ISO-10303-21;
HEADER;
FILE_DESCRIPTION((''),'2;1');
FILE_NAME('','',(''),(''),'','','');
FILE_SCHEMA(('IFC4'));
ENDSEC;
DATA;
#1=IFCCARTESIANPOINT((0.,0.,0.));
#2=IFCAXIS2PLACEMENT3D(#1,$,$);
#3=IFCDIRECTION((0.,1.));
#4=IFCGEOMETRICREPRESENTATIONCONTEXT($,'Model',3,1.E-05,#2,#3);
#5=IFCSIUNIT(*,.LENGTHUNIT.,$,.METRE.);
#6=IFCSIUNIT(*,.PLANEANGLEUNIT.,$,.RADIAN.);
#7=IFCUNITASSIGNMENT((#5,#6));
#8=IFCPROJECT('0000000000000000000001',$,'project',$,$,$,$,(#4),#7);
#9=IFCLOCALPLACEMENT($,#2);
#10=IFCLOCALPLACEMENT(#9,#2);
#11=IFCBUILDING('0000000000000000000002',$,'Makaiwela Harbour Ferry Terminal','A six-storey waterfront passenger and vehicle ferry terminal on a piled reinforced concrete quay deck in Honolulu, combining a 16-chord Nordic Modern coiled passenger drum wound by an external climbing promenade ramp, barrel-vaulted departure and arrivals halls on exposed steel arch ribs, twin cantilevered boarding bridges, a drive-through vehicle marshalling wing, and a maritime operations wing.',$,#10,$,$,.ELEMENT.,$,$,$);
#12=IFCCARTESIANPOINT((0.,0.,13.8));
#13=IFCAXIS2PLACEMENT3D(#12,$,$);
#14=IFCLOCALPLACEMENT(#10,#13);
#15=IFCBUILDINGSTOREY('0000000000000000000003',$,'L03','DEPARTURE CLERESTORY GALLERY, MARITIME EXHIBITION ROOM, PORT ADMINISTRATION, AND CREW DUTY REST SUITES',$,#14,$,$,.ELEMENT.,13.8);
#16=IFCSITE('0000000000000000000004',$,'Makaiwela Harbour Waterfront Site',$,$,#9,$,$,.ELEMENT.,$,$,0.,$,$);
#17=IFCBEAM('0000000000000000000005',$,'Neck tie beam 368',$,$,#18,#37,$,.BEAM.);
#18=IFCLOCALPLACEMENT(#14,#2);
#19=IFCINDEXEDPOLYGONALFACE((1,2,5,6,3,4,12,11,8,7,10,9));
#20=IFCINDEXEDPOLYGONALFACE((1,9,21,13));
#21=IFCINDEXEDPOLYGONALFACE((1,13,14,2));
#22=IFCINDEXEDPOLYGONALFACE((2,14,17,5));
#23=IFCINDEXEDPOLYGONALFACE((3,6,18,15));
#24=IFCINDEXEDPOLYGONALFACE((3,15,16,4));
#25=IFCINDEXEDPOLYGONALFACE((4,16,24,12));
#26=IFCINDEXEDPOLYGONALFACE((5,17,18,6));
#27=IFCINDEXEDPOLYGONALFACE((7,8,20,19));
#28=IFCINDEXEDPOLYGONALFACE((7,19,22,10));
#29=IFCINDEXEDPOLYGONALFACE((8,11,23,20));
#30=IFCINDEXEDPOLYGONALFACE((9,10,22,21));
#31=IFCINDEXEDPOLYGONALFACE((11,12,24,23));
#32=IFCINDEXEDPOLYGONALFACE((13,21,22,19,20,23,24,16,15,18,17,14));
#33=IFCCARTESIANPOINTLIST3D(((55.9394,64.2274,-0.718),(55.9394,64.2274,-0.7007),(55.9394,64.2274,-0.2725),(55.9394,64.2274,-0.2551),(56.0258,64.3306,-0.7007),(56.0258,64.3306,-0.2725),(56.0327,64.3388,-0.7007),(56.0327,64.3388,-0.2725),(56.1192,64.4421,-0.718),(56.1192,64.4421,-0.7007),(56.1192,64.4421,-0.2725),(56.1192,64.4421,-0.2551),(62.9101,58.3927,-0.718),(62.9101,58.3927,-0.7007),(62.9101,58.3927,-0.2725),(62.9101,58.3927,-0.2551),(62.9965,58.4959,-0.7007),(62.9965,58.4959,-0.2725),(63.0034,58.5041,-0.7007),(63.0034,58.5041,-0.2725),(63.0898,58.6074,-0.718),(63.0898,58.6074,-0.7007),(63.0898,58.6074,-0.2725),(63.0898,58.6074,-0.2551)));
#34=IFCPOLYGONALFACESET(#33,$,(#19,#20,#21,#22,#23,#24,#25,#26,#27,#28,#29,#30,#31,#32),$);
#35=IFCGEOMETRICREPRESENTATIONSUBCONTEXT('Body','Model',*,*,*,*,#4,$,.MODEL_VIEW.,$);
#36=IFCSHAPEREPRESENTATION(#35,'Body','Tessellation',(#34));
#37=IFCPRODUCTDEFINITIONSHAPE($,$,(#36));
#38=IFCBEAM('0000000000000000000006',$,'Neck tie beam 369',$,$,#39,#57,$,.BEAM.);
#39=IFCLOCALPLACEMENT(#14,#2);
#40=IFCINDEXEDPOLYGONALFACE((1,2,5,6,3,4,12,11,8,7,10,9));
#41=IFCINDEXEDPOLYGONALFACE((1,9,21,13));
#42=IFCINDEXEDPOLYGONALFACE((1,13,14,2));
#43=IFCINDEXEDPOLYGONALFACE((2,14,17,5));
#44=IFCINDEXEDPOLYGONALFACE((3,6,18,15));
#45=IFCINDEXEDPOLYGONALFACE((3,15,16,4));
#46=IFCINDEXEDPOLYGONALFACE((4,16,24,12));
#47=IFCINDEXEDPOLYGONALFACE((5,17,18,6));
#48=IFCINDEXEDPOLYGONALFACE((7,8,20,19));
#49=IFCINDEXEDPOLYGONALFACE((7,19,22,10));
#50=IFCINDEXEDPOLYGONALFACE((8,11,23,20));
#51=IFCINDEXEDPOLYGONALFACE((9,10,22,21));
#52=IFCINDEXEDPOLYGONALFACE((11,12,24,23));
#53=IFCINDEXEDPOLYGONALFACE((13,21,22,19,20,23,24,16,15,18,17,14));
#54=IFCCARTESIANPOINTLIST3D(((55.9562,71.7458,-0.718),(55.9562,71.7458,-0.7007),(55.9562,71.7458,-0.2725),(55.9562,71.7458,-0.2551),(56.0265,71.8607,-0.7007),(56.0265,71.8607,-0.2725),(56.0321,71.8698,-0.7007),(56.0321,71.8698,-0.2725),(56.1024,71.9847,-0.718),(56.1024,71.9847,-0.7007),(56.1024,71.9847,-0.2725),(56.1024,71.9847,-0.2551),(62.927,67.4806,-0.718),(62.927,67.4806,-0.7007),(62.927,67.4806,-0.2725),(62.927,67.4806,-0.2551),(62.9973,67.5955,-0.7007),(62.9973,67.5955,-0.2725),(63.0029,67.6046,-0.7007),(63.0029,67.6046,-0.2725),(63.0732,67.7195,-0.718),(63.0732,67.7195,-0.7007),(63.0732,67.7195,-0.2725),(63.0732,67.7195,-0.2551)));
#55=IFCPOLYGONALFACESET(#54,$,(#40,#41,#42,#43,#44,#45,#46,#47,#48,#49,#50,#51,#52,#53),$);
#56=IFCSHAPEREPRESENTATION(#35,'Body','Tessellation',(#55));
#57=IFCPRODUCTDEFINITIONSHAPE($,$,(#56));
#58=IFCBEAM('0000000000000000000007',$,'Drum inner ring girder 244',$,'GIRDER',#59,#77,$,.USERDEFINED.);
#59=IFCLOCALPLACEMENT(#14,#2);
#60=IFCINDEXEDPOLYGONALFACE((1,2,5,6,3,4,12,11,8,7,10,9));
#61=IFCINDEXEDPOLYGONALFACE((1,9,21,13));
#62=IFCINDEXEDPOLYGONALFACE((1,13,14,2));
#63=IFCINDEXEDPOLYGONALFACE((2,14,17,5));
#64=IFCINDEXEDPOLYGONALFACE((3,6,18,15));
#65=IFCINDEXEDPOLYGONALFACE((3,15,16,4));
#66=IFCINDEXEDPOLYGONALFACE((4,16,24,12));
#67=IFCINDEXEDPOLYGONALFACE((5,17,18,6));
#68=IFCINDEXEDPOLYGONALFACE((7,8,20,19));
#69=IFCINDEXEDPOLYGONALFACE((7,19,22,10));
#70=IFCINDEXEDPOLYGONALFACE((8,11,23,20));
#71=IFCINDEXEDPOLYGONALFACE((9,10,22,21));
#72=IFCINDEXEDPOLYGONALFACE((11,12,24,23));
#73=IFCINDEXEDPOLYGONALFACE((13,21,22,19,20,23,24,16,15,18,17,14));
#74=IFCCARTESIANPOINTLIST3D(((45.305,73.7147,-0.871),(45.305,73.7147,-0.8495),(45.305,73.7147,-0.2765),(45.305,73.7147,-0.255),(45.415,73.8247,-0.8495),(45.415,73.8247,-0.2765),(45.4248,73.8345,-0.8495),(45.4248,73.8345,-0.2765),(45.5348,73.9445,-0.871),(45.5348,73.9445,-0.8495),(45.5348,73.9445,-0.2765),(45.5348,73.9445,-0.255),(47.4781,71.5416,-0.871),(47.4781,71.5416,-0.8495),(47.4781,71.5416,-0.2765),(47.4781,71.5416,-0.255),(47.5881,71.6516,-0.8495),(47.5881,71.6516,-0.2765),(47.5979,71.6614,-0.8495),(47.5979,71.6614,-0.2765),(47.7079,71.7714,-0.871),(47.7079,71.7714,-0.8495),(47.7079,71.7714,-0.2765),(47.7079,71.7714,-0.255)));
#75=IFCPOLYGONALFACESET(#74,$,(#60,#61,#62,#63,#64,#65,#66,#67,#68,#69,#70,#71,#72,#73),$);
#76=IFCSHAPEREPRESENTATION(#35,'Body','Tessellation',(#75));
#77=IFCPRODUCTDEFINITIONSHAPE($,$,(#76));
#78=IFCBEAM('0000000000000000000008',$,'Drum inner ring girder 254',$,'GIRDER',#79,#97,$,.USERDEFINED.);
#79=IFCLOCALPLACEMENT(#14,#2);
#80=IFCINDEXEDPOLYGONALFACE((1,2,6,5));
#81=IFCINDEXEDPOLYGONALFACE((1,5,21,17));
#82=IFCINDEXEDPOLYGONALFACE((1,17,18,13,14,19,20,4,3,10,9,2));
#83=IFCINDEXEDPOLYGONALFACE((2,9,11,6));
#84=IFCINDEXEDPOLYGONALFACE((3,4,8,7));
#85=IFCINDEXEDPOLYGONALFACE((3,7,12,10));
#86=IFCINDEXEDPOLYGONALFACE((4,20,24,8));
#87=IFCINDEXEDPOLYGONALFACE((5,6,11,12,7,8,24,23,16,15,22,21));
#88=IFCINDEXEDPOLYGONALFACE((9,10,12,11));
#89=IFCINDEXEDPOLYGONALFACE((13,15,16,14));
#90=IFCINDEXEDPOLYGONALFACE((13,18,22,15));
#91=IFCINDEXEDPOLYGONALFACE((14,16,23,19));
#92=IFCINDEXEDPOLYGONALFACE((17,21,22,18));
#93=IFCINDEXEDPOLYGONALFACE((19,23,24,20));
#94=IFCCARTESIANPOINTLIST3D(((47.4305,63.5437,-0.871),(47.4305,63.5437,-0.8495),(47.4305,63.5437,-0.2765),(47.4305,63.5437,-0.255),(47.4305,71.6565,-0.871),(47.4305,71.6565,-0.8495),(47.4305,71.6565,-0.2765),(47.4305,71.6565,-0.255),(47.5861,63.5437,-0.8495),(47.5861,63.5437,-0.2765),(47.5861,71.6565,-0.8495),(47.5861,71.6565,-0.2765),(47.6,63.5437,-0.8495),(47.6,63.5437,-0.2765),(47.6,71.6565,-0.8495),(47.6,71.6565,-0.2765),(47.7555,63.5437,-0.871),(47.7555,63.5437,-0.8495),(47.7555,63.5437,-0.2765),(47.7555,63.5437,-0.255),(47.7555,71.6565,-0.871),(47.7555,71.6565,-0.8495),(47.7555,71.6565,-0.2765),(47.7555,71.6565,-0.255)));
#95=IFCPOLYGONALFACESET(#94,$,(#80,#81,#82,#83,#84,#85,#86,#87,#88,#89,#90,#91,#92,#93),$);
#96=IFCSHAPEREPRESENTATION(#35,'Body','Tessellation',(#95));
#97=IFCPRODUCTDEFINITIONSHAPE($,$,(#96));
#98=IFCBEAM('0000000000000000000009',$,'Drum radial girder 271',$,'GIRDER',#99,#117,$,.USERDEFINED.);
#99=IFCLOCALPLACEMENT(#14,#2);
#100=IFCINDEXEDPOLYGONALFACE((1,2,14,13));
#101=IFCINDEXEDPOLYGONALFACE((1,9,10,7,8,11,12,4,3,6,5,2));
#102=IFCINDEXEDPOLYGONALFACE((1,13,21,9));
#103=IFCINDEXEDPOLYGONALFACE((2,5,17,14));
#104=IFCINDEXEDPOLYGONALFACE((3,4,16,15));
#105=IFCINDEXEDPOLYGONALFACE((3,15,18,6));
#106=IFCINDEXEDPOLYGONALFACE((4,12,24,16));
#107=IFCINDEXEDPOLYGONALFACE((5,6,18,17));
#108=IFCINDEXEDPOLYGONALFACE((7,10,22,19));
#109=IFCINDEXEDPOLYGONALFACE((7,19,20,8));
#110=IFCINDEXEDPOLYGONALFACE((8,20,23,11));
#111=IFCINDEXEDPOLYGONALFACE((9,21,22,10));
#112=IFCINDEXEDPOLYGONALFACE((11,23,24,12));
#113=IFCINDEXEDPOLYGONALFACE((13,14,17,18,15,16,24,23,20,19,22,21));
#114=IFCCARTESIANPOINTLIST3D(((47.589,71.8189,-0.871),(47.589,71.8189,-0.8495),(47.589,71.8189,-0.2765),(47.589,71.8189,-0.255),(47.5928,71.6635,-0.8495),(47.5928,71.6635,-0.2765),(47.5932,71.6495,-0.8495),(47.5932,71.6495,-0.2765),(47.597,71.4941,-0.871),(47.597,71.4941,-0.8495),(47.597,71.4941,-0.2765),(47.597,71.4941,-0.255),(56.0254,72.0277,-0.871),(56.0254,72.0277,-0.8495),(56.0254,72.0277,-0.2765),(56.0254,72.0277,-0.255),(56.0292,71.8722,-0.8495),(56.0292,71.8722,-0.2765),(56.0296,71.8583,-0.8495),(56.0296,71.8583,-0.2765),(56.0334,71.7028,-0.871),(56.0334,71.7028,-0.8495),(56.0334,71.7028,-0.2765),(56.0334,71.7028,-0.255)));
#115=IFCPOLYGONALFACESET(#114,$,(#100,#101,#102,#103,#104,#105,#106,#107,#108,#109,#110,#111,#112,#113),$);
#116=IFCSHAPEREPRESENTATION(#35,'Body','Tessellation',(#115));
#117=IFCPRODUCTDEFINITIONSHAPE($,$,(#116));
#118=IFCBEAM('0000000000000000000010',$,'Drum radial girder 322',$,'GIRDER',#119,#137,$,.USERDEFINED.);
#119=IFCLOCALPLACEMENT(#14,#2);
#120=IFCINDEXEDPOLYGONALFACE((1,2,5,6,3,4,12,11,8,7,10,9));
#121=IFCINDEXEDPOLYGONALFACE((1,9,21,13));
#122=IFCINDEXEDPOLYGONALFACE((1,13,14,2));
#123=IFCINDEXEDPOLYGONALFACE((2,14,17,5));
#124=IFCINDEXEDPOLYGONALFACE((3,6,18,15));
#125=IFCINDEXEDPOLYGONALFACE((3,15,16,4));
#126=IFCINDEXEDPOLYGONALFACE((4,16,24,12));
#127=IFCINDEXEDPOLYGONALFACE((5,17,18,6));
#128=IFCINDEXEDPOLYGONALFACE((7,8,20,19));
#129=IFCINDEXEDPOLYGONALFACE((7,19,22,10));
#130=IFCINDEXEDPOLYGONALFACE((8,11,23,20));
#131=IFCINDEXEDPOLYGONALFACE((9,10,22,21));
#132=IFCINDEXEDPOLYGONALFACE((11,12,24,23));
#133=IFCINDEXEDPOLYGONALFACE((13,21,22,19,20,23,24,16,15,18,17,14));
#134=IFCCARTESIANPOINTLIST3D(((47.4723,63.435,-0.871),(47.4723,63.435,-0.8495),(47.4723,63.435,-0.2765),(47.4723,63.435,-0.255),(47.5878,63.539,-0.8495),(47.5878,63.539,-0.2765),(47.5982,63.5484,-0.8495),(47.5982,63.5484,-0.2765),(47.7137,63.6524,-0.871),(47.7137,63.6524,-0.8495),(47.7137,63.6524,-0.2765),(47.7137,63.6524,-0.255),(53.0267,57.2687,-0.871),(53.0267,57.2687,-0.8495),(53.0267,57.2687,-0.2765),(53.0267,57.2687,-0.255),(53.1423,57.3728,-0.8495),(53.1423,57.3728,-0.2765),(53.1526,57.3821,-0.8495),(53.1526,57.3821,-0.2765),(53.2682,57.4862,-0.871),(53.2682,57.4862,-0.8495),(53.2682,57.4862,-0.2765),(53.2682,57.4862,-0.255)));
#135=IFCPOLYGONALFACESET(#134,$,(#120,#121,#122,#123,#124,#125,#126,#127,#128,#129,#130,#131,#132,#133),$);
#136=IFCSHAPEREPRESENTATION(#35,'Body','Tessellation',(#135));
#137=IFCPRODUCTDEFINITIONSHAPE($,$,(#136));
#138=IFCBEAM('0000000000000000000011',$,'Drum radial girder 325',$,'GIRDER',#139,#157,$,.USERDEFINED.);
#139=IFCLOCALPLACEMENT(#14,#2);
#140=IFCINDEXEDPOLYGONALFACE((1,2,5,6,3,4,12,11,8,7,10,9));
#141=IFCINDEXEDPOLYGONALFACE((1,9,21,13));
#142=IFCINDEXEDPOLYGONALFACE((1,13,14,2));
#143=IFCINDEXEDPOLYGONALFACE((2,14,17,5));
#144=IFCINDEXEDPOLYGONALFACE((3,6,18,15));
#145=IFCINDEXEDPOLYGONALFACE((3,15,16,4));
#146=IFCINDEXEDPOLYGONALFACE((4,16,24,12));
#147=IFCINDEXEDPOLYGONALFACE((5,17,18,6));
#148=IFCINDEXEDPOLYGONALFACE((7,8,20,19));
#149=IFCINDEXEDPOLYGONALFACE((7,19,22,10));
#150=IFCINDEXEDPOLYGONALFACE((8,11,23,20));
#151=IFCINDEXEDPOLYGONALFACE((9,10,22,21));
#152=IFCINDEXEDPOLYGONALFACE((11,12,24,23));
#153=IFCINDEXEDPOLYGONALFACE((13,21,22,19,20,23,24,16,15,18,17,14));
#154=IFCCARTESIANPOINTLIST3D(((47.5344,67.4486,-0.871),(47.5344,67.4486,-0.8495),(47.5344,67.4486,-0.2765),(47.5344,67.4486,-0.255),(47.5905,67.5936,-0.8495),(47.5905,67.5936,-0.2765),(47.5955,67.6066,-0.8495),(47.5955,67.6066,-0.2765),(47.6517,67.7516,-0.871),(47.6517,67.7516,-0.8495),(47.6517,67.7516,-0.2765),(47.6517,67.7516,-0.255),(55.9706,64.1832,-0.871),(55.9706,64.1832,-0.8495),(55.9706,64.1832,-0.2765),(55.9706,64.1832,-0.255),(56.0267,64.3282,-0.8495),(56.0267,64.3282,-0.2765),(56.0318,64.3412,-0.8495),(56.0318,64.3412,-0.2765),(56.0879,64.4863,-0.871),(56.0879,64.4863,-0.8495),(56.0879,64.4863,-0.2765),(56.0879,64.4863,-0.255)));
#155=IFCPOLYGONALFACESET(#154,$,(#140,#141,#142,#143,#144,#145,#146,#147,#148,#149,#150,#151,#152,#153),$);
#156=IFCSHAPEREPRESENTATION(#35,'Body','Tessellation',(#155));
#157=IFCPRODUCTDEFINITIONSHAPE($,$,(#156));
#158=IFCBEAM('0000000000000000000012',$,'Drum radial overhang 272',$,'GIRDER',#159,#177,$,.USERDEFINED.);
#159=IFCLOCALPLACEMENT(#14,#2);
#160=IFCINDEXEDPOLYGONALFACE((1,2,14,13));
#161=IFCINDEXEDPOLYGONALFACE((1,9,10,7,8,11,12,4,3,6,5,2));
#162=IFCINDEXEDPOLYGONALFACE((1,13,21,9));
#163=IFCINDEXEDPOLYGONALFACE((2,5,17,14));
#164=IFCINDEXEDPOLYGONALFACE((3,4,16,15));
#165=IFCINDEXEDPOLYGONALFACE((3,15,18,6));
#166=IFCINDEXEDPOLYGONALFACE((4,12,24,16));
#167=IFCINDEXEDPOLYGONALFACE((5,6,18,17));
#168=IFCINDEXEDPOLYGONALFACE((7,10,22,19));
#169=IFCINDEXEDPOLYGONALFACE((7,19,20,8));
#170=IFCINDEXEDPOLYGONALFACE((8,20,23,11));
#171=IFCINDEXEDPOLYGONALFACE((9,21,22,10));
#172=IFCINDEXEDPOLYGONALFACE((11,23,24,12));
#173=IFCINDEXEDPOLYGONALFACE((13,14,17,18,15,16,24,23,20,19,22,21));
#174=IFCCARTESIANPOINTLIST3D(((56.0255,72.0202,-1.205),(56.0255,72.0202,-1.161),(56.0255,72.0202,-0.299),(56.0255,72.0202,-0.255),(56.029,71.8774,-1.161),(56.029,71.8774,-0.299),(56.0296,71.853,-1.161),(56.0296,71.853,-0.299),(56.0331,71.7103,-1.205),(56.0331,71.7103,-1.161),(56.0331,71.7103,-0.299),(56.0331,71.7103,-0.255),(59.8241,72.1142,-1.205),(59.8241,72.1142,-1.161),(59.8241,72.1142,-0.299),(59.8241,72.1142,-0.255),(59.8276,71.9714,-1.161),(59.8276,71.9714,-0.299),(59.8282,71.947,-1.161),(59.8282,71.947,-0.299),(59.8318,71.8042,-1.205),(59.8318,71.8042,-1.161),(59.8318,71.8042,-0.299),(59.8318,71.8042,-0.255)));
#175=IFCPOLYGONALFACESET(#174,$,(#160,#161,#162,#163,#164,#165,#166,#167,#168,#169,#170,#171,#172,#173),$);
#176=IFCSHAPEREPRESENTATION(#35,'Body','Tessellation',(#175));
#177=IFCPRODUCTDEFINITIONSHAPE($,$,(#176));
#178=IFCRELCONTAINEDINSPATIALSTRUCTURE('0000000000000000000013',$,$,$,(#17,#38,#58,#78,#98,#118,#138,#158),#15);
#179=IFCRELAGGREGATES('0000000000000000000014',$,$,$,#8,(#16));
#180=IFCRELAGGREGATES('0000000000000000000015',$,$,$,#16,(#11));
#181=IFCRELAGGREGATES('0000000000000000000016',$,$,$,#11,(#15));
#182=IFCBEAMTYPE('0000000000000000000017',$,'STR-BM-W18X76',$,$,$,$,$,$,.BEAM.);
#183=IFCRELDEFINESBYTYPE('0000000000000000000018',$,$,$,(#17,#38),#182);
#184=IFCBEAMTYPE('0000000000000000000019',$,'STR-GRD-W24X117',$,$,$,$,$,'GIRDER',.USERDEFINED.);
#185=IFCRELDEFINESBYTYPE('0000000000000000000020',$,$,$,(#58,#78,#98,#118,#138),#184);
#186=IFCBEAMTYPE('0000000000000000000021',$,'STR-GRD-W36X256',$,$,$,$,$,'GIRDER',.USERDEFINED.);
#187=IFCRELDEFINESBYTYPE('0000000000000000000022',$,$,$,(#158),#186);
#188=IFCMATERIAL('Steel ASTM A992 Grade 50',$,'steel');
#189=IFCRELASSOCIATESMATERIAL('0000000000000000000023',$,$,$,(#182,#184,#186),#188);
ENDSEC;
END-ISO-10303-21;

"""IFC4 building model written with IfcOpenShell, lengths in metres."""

from ifc_helpers import new_model, si_unit, direction, frame, origin, origin_2d, place, context, subcontext, project, spatial, i_section, extrude, material, material_profile, profile_set, type_object, element, save


model = new_model("IFC4")

# Units and contexts
model_context = context("Model", 3, precision=1e-05, world=origin(), true_north=direction((0.0, 1.0)))
body_context = subcontext(model_context, "Body", "Model", "MODEL_VIEW")
ifc_project = project(units=[si_unit("LENGTHUNIT", "METRE"), si_unit("PLANEANGLEUNIT", "RADIAN")], contexts=[model_context])

# Site, building, storey
site_placement = place(None, origin())
site = spatial("IfcSite", under=ifc_project, at=site_placement, Name="Makaiwela Harbour Waterfront Site", CompositionType="ELEMENT", RefElevation=0.0)
building_placement = place(site_placement, origin())
building = spatial("IfcBuilding", under=site, at=building_placement, Name="Makaiwela Harbour Ferry Terminal", Description="A six-storey waterfront passenger and vehicle ferry terminal on a piled reinforced concrete quay deck in Honolulu, combining a 16-chord Nordic Modern coiled passenger drum wound by an external climbing promenade ramp, barrel-vaulted departure and arrivals halls on exposed steel arch ribs, twin cantilevered boarding bridges, a drive-through vehicle marshalling wing, and a maritime operations wing.", CompositionType="ELEMENT")
storey_placement = place(building_placement, frame((0.0, 0.0, 13.8)))
storey = spatial("IfcBuildingStorey", under=building, at=storey_placement, Name="L03", Description="DEPARTURE CLERESTORY GALLERY, MARITIME EXHIBITION ROOM, PORT ADMINISTRATION, AND CREW DUTY REST SUITES", CompositionType="ELEMENT", Elevation=13.8)

# Shared definitions
ifc_material_1 = material(Name="Steel ASTM A992 Grade 50", Category="steel")

# Beams
ifc_material_profile_1 = material_profile(ifc_material_1, i_section(OverallWidth=0.28, OverallDepth=0.4629, WebThickness=0.0107, FlangeThickness=0.0173, at=origin_2d()), Name="W18X76")
ifc_profile_set_1 = profile_set([ifc_material_profile_1], Name="Steel ASTM A992 Grade 50")
beam_type_1 = type_object("IfcBeamType", Name="STR-BM-W18X76", PredefinedType="BEAM", material=ifc_profile_set_1)
beam_1_placement = place(storey_placement, frame((56.0293, 64.3347, -0.4866), z_axis=(0.766824, -0.641858, 0.0), x_axis=(0.641858, 0.766824, 0.0)))
element("IfcBeam", 1, at=beam_1_placement, inside=storey, type_object=beam_type_1, Name="Neck tie beam 368", PredefinedType="BEAM", context=body_context, shape_type="SweptSolid", body=[
    extrude(i_section(OverallWidth=0.28, OverallDepth=0.4629, WebThickness=0.0107, FlangeThickness=0.0173, at=origin_2d()), origin(), (0.0, 0.0, 1.0), 9.0903),
])
beam_2_placement = place(storey_placement, frame((56.0293, 71.8652, -0.4866), z_axis=(0.852995, -0.521919, 0.0), x_axis=(0.521919, 0.852995, 0.0)))
element("IfcBeam", 2, at=beam_2_placement, inside=storey, type_object=beam_type_1, Name="Neck tie beam 369", PredefinedType="BEAM", context=body_context, shape_type="SweptSolid", body=[
    extrude(i_section(OverallWidth=0.28, OverallDepth=0.4629, WebThickness=0.0107, FlangeThickness=0.0173, at=origin_2d()), origin(), (0.0, 0.0, 1.0), 8.1721),
])
ifc_material_profile_2 = material_profile(ifc_material_1, i_section(OverallWidth=0.325, OverallDepth=0.616, WebThickness=0.0139, FlangeThickness=0.0215, at=origin_2d()), Name="W24X117")
ifc_profile_set_2 = profile_set([ifc_material_profile_2], Name="Steel ASTM A992 Grade 50")
beam_type_2 = type_object("IfcBeamType", Name="STR-GRD-W24X117", ElementType="GIRDER", PredefinedType="USERDEFINED", material=ifc_profile_set_2)
beam_3_placement = place(storey_placement, frame((47.593, 71.6565, -0.563), z_axis=(-0.707107, 0.707107, 0.0), x_axis=(-0.707107, -0.707107, 0.0)))
element("IfcBeam", 3, at=beam_3_placement, inside=storey, type_object=beam_type_2, Name="Drum inner ring girder 244", ObjectType="GIRDER", PredefinedType="USERDEFINED", context=body_context, shape_type="SweptSolid", body=[
    extrude(i_section(OverallWidth=0.325, OverallDepth=0.616, WebThickness=0.0139, FlangeThickness=0.0215, at=origin_2d()), origin(), (0.0, 0.0, 1.0), 3.0732),
])
beam_4_placement = place(storey_placement, frame((47.593, 63.5437, -0.563), z_axis=(0.0, 1.0, 0.0), x_axis=(-1.0, 0.0, 0.0)))
element("IfcBeam", 4, at=beam_4_placement, inside=storey, type_object=beam_type_2, Name="Drum inner ring girder 254", ObjectType="GIRDER", PredefinedType="USERDEFINED", context=body_context, shape_type="SweptSolid", body=[
    extrude(i_section(OverallWidth=0.325, OverallDepth=0.616, WebThickness=0.0139, FlangeThickness=0.0215, at=origin_2d()), origin(), (0.0, 0.0, 1.0), 8.1128),
])
beam_5_placement = place(storey_placement, frame((47.593, 71.6565, -0.563), z_axis=(0.999694, 0.024736, 0.0), x_axis=(-0.024736, 0.999694, 0.0)))
element("IfcBeam", 5, at=beam_5_placement, inside=storey, type_object=beam_type_2, Name="Drum radial girder 271", ObjectType="GIRDER", PredefinedType="USERDEFINED", context=body_context, shape_type="SweptSolid", body=[
    extrude(i_section(OverallWidth=0.325, OverallDepth=0.616, WebThickness=0.0139, FlangeThickness=0.0215, at=origin_2d()), origin(), (0.0, 0.0, 1.0), 8.439),
])
beam_6_placement = place(storey_placement, frame((47.593, 63.5437, -0.563), z_axis=(0.669285, -0.743006, 0.0), x_axis=(0.743006, 0.669285, 0.0)))
element("IfcBeam", 6, at=beam_6_placement, inside=storey, type_object=beam_type_2, Name="Drum radial girder 322", ObjectType="GIRDER", PredefinedType="USERDEFINED", context=body_context, shape_type="SweptSolid", body=[
    extrude(i_section(OverallWidth=0.325, OverallDepth=0.616, WebThickness=0.0139, FlangeThickness=0.0215, at=origin_2d()), origin(), (0.0, 0.0, 1.0), 8.2991),
])
beam_7_placement = place(storey_placement, frame((47.593, 67.6001, -0.563), z_axis=(0.932578, -0.360968, 0.0), x_axis=(0.360968, 0.932578, 0.0)))
element("IfcBeam", 7, at=beam_7_placement, inside=storey, type_object=beam_type_2, Name="Drum radial girder 325", ObjectType="GIRDER", PredefinedType="USERDEFINED", context=body_context, shape_type="SweptSolid", body=[
    extrude(i_section(OverallWidth=0.325, OverallDepth=0.616, WebThickness=0.0139, FlangeThickness=0.0215, at=origin_2d()), origin(), (0.0, 0.0, 1.0), 9.0461),
])
ifc_material_profile_3 = material_profile(ifc_material_1, i_section(OverallWidth=0.3101, OverallDepth=0.95, WebThickness=0.0244, FlangeThickness=0.0439, at=origin_2d()), Name="W36X256")
ifc_profile_set_3 = profile_set([ifc_material_profile_3], Name="Steel ASTM A992 Grade 50")
beam_type_3 = type_object("IfcBeamType", Name="STR-GRD-W36X256", ElementType="GIRDER", PredefinedType="USERDEFINED", material=ifc_profile_set_3)
for number, where, z_axis, x_axis, name in (
    (8, (56.0293, 71.8652, -0.73), (0.999694, 0.024737, 0.0), (-0.024737, 0.999694, 0.0), "Drum radial overhang 272"),
):
    element("IfcBeam", number, at=place(storey_placement, frame(where, z_axis=z_axis, x_axis=x_axis)), inside=storey, type_object=beam_type_3, Name=name, ObjectType="GIRDER", PredefinedType="USERDEFINED", context=body_context, shape_type="SweptSolid", body=[
        extrude(i_section(OverallWidth=0.3101, OverallDepth=0.95, WebThickness=0.0244, FlangeThickness=0.0439, at=origin_2d()), origin(), (0.0, 0.0, 1.0), 3.7998),
    ])

save(model, "model.ifc")
